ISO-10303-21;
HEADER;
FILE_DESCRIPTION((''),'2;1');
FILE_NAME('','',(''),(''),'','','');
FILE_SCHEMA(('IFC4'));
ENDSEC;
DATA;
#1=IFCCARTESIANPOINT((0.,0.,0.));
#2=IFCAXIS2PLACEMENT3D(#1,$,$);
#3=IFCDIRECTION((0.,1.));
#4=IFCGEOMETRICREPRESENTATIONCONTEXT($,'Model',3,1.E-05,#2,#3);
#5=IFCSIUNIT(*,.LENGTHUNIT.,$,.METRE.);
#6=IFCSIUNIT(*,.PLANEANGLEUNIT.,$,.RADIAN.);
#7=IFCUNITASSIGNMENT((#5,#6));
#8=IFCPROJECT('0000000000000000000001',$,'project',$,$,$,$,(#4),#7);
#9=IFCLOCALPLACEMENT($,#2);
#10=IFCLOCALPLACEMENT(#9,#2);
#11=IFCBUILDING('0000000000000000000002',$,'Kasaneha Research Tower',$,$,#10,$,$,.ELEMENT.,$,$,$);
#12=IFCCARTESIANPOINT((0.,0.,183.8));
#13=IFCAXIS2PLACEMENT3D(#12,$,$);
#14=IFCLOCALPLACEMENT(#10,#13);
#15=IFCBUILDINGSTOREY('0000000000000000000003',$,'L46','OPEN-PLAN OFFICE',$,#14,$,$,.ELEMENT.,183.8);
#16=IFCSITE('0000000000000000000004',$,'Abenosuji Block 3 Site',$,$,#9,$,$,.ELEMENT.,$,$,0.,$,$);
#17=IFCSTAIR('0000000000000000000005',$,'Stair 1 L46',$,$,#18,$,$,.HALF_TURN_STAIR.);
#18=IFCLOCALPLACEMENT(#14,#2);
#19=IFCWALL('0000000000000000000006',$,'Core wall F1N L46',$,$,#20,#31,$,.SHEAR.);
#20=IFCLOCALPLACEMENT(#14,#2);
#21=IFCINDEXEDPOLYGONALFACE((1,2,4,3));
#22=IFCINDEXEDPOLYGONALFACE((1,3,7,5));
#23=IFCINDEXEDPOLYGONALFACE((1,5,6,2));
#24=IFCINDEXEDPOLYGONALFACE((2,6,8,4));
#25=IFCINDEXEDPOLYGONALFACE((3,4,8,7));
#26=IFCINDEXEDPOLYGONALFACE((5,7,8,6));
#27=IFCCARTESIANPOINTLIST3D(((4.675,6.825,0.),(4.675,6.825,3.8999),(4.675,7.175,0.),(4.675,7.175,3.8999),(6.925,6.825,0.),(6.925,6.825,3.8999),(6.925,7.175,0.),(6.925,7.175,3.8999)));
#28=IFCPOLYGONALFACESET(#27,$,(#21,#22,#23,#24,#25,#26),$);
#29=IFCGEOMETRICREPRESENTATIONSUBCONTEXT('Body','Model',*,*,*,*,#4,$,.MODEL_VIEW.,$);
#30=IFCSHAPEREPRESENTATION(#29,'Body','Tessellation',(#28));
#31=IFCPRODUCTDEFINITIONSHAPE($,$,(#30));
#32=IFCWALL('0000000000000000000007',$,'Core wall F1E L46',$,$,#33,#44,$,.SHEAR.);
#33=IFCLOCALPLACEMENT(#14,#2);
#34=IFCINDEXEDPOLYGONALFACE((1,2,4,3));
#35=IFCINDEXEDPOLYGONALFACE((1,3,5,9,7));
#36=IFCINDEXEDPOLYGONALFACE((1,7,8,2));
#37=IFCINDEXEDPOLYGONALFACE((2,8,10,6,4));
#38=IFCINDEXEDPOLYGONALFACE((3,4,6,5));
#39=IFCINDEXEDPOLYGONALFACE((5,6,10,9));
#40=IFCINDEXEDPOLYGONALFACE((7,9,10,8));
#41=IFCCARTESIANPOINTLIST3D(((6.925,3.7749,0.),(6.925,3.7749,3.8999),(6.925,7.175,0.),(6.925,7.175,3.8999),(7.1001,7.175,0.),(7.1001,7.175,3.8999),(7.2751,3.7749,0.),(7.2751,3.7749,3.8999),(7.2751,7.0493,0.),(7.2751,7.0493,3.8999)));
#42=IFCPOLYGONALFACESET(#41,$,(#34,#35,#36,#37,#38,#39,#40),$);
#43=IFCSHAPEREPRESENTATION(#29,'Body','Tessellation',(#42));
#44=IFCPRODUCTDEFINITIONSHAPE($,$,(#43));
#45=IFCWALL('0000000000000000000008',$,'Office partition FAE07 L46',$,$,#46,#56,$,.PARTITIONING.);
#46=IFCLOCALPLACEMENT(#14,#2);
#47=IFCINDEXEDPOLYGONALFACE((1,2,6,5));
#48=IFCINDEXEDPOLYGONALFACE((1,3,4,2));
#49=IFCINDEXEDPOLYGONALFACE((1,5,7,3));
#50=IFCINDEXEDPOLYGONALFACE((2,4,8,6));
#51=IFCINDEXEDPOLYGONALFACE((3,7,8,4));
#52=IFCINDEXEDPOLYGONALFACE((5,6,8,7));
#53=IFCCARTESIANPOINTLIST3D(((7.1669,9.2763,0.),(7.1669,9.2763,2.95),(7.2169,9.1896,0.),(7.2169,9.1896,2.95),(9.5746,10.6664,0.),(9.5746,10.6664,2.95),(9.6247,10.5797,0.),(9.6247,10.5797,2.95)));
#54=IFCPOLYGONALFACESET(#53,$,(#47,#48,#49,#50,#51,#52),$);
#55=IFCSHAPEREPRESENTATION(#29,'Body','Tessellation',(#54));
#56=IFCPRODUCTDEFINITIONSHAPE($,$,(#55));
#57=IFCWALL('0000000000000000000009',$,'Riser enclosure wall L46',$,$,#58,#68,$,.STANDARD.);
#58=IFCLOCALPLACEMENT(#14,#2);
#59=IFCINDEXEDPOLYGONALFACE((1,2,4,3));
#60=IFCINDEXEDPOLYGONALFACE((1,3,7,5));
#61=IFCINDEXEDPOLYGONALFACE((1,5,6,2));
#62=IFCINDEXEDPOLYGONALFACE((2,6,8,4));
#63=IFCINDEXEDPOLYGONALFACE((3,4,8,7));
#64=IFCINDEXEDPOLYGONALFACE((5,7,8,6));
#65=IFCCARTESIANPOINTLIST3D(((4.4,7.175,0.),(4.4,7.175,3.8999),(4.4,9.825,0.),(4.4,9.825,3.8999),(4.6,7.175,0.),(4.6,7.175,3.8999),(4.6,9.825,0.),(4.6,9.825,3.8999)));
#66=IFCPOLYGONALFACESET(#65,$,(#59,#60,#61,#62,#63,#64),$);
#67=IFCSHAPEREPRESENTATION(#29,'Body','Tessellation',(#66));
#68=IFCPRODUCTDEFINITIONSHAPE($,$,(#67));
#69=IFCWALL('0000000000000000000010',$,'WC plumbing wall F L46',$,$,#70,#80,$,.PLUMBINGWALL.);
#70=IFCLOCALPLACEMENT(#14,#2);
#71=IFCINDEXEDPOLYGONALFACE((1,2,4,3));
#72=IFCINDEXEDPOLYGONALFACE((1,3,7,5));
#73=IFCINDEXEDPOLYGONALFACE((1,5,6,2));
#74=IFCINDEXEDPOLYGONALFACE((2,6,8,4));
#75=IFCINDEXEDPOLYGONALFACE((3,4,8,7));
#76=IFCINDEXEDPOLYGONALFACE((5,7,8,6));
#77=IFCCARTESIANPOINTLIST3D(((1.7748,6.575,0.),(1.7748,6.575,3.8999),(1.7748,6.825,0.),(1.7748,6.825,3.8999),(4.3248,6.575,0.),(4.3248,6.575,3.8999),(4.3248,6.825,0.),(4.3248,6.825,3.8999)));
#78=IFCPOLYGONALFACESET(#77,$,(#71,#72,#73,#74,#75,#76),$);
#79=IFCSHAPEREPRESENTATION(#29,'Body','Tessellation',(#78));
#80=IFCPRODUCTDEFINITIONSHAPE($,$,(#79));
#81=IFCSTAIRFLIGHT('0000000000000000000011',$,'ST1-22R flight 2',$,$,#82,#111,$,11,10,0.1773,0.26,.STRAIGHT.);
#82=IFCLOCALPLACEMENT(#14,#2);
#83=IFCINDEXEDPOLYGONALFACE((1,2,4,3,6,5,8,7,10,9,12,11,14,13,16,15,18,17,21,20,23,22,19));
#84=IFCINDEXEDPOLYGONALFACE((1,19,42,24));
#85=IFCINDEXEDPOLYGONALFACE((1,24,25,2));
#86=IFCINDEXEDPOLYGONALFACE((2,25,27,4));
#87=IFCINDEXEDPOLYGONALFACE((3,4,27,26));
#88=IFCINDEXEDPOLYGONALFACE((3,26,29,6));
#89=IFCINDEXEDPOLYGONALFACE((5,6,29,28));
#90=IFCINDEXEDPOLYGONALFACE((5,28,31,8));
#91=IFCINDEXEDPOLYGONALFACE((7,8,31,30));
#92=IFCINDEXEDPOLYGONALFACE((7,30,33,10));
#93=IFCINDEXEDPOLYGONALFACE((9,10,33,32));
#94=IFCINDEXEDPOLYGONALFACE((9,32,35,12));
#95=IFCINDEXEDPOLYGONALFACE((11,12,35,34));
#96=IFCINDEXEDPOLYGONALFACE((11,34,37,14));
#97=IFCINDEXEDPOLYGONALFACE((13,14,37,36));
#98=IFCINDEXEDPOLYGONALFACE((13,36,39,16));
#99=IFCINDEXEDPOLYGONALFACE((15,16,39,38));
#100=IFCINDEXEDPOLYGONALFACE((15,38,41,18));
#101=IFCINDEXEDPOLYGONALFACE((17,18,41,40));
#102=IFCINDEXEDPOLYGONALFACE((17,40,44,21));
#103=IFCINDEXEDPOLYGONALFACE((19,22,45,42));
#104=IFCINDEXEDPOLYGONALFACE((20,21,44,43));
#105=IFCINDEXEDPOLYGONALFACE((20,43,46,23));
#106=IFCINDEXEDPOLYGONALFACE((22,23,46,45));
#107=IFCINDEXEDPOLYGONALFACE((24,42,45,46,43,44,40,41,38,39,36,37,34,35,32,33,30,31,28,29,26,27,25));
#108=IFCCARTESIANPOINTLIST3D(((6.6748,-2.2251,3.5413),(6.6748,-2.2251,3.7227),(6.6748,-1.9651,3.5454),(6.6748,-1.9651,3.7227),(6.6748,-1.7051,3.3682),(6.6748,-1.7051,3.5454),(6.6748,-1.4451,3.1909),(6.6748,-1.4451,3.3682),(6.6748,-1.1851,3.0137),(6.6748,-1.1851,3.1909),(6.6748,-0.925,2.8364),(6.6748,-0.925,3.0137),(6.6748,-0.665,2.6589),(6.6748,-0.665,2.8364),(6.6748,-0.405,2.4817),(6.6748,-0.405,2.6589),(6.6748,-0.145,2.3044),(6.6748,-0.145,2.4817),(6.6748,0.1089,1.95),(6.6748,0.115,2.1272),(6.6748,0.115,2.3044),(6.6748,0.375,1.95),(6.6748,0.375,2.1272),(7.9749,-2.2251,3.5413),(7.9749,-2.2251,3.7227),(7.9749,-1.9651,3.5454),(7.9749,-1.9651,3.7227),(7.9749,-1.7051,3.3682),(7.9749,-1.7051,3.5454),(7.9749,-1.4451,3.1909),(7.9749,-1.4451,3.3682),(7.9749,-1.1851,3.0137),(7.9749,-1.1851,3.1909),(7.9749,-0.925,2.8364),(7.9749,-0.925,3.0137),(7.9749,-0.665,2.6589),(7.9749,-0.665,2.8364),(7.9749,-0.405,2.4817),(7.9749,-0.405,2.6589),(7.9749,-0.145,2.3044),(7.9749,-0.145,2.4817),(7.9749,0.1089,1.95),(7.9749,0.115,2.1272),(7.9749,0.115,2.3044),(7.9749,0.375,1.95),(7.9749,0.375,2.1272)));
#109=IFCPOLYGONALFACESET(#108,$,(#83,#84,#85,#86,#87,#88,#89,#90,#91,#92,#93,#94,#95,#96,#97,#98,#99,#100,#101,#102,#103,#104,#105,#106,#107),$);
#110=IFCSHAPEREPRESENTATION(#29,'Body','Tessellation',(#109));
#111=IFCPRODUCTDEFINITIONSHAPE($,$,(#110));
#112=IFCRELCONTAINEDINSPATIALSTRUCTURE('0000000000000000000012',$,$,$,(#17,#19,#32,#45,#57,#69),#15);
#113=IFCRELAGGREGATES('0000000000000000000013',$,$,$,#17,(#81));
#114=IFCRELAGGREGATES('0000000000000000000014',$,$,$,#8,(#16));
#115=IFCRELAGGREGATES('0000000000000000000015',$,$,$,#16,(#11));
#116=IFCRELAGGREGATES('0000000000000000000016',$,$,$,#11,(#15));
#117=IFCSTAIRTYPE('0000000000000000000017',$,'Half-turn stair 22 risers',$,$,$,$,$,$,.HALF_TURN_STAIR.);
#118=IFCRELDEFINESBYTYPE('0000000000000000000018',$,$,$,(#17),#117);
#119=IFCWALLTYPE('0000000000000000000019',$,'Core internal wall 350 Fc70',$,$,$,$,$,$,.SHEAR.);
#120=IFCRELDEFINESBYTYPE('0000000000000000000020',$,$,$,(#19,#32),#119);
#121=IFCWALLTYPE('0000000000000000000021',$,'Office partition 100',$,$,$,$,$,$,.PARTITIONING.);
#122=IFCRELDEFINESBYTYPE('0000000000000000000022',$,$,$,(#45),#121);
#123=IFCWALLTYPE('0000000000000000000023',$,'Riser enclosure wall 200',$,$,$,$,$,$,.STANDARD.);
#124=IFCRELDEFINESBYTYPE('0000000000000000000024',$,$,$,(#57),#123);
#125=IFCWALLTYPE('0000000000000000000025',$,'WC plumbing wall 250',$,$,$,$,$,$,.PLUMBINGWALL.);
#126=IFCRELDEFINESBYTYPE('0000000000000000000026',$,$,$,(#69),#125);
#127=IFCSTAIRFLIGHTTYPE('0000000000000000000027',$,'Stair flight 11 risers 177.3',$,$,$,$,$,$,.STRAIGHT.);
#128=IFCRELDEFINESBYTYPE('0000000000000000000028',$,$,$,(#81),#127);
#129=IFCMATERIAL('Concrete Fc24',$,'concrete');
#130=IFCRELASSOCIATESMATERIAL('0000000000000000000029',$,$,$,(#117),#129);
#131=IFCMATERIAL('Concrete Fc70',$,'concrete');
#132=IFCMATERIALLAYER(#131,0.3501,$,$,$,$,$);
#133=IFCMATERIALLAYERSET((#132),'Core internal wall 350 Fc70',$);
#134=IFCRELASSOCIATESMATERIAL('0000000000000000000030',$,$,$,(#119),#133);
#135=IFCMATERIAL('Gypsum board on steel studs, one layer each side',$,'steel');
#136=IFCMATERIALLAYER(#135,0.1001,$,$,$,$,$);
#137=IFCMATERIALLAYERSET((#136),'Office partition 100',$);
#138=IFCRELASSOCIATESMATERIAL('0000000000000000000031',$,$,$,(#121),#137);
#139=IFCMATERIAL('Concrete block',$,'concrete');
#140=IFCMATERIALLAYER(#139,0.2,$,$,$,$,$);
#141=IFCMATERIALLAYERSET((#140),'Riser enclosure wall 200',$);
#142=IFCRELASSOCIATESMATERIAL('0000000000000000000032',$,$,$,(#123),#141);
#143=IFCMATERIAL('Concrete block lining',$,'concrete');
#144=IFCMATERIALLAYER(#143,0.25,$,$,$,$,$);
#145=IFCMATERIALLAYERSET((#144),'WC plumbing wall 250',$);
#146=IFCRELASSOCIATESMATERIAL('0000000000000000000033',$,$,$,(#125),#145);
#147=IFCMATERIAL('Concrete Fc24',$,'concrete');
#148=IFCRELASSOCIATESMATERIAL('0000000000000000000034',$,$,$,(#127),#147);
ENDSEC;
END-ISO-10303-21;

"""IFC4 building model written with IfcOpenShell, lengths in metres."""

from ifc_helpers import new_model, si_unit, direction, frame, frame_2d, origin, place, context, subcontext, project, spatial, polyline, rectangle, outline, extrude, material, layer, layer_set, type_object, element, aggregate, save


model = new_model("IFC4")

# Units and contexts
model_context = context("Model", 3, precision=1e-05, world=origin(), true_north=direction((0.0, 1.0)))
body_context = subcontext(model_context, "Body", "Model", "MODEL_VIEW")
ifc_project = project(units=[si_unit("LENGTHUNIT", "METRE"), si_unit("PLANEANGLEUNIT", "RADIAN")], contexts=[model_context])

# Site, building, storey
site_placement = place(None, origin())
site = spatial("IfcSite", under=ifc_project, at=site_placement, Name="Abenosuji Block 3 Site", CompositionType="ELEMENT", RefElevation=0.0)
building_placement = place(site_placement, origin())
building = spatial("IfcBuilding", under=site, at=building_placement, Name="Kasaneha Research Tower", CompositionType="ELEMENT")
storey_placement = place(building_placement, frame((0.0, 0.0, 183.8)))
storey = spatial("IfcBuildingStorey", under=building, at=storey_placement, Name="L46", Description="OPEN-PLAN OFFICE", CompositionType="ELEMENT", Elevation=183.8)

# Stair
ifc_material_1 = material(Name="Concrete Fc24", Category="concrete")
stair_type = type_object("IfcStairType", Name="Half-turn stair 22 risers", PredefinedType="HALF_TURN_STAIR", material=ifc_material_1)
stair_1_placement = place(storey_placement, origin())
stair_1 = element("IfcStair", 1, at=stair_1_placement, inside=storey, type_object=stair_type, Name="Stair 1 L46", PredefinedType="HALF_TURN_STAIR")

# Shared definitions
ifc_material_2 = material(Name="Concrete Fc70", Category="concrete")
ifc_layer_1 = layer(ifc_material_2, 0.3501)
ifc_layer_set_1 = layer_set([ifc_layer_1], Name="Core internal wall 350 Fc70")
wall_type_1 = type_object("IfcWallType", Name="Core internal wall 350 Fc70", PredefinedType="SHEAR", material=ifc_layer_set_1)

# Walls
wall_1_placement = place(storey_placement, frame((4.675, 7.0, 0.0), z_axis=(0.0, 0.0, 1.0), x_axis=(1.0, 0.0, 0.0)))
element("IfcWall", 2, at=wall_1_placement, inside=storey, type_object=wall_type_1, Name="Core wall F1N L46", PredefinedType="SHEAR", context=body_context, shape_type="SweptSolid", body=[
    extrude(rectangle(XDim=2.25, YDim=0.3501, at=frame_2d((1.125, 0.0))), origin(), (0.0, 0.0, 1.0), 3.8999),
])
wall_2_placement = place(storey_placement, frame((7.1001, 3.7749, 0.0), z_axis=(0.0, 0.0, 1.0), x_axis=(0.0, 1.0, 0.0)))
element("IfcWall", 3, at=wall_2_placement, inside=storey, type_object=wall_type_1, Name="Core wall F1E L46", PredefinedType="SHEAR", context=body_context, shape_type="SweptSolid", body=[
    extrude(outline(polyline([(0.0, -0.175), (3.2744, -0.175), (3.4001, 0.0), (3.4001, 0.175), (0.0, 0.175), (0.0, -0.175)])), origin(), (0.0, 0.0, 1.0), 3.8999),
])

# Walls
ifc_material_3 = material(Name="Gypsum board on steel studs, one layer each side", Category="steel")
ifc_layer_2 = layer(ifc_material_3, 0.1001)
ifc_layer_set_2 = layer_set([ifc_layer_2], Name="Office partition 100")
wall_type_2 = type_object("IfcWallType", Name="Office partition 100", PredefinedType="PARTITIONING", material=ifc_layer_set_2)
wall_3_placement = place(storey_placement, frame((7.1919, 9.2329, 0.0), z_axis=(0.0, 0.0, 1.0), x_axis=(0.866019, 0.500011, 0.0)))
element("IfcWall", 4, at=wall_3_placement, inside=storey, type_object=wall_type_2, Name="Office partition FAE07 L46", PredefinedType="PARTITIONING", context=body_context, shape_type="SweptSolid", body=[
    extrude(rectangle(XDim=2.7803, YDim=0.1001, at=frame_2d((1.3901, 0.0))), origin(), (0.0, 0.0, 1.0), 2.95),
])
ifc_material_4 = material(Name="Concrete block", Category="concrete")
ifc_layer_3 = layer(ifc_material_4, 0.2)
ifc_layer_set_3 = layer_set([ifc_layer_3], Name="Riser enclosure wall 200")
wall_type_3 = type_object("IfcWallType", Name="Riser enclosure wall 200", PredefinedType="STANDARD", material=ifc_layer_set_3)
wall_4_placement = place(storey_placement, frame((4.5, 7.175, 0.0), z_axis=(0.0, 0.0, 1.0), x_axis=(0.0, 1.0, 0.0)))
element("IfcWall", 5, at=wall_4_placement, inside=storey, type_object=wall_type_3, Name="Riser enclosure wall L46", PredefinedType="STANDARD", context=body_context, shape_type="SweptSolid", body=[
    extrude(rectangle(XDim=2.6499, YDim=0.2, at=frame_2d((1.325, 0.0))), origin(), (0.0, 0.0, 1.0), 3.8999),
])
ifc_material_5 = material(Name="Concrete block lining", Category="concrete")
ifc_layer_4 = layer(ifc_material_5, 0.25)
ifc_layer_set_4 = layer_set([ifc_layer_4], Name="WC plumbing wall 250")
wall_type_4 = type_object("IfcWallType", Name="WC plumbing wall 250", PredefinedType="PLUMBINGWALL", material=ifc_layer_set_4)
wall_5_placement = place(storey_placement, frame((1.7749, 6.7, 0.0), z_axis=(0.0, 0.0, 1.0), x_axis=(1.0, 0.0, 0.0)))
element("IfcWall", 6, at=wall_5_placement, inside=storey, type_object=wall_type_4, Name="WC plumbing wall F L46", PredefinedType="PLUMBINGWALL", context=body_context, shape_type="SweptSolid", body=[
    extrude(rectangle(XDim=2.55, YDim=0.25, at=frame_2d((1.2749, 0.0))), origin(), (0.0, 0.0, 1.0), 3.8999),
])

# Stair flight
ifc_material_6 = material(Name="Concrete Fc24", Category="concrete")
stair_flight_type = type_object("IfcStairFlightType", Name="Stair flight 11 risers 177.3", PredefinedType="STRAIGHT", material=ifc_material_6)
stair_flight_placement = place(storey_placement, frame((7.325, 0.375, 1.95), z_axis=(0.0, 0.0, 1.0), x_axis=(0.0, -1.0, 0.0)))
stair_flight = element("IfcStairFlight", 7, at=stair_flight_placement, type_object=stair_flight_type, Name="ST1-22R flight 2", NumberOfRisers=11, NumberOfTreads=10, PredefinedType="STRAIGHT", RiserHeight=0.1773, TreadLength=0.26, context=body_context, shape_type="SweptSolid", body=[
    extrude(outline(polyline([(0.0, 0.0), (0.0, 0.1772), (0.26, 0.1772), (0.26, 0.3545), (0.52, 0.3545), (0.52, 0.5317), (0.78, 0.5317), (0.78, 0.709), (1.04, 0.709), (1.04, 0.8865), (1.3, 0.8865), (1.3, 1.0637), (1.5601, 1.0637), (1.5601, 1.241), (1.8201, 1.241), (1.8201, 1.4182), (2.0801, 1.4182), (2.0801, 1.5955), (2.3401, 1.5955), (2.3401, 1.7727), (2.6001, 1.7727), (2.6001, 1.95), (2.6001, 1.5913), (0.2661, 0.0), (0.0, 0.0)])), frame((0.0, 0.6499, 0.0), z_axis=(0.0, -1.0, 0.0), x_axis=(1.0, 0.0, 0.0)), (0.0, 0.0, 1.0), 1.3),
])
aggregate(stair_1, [stair_flight])

save(model, "model.ifc")
